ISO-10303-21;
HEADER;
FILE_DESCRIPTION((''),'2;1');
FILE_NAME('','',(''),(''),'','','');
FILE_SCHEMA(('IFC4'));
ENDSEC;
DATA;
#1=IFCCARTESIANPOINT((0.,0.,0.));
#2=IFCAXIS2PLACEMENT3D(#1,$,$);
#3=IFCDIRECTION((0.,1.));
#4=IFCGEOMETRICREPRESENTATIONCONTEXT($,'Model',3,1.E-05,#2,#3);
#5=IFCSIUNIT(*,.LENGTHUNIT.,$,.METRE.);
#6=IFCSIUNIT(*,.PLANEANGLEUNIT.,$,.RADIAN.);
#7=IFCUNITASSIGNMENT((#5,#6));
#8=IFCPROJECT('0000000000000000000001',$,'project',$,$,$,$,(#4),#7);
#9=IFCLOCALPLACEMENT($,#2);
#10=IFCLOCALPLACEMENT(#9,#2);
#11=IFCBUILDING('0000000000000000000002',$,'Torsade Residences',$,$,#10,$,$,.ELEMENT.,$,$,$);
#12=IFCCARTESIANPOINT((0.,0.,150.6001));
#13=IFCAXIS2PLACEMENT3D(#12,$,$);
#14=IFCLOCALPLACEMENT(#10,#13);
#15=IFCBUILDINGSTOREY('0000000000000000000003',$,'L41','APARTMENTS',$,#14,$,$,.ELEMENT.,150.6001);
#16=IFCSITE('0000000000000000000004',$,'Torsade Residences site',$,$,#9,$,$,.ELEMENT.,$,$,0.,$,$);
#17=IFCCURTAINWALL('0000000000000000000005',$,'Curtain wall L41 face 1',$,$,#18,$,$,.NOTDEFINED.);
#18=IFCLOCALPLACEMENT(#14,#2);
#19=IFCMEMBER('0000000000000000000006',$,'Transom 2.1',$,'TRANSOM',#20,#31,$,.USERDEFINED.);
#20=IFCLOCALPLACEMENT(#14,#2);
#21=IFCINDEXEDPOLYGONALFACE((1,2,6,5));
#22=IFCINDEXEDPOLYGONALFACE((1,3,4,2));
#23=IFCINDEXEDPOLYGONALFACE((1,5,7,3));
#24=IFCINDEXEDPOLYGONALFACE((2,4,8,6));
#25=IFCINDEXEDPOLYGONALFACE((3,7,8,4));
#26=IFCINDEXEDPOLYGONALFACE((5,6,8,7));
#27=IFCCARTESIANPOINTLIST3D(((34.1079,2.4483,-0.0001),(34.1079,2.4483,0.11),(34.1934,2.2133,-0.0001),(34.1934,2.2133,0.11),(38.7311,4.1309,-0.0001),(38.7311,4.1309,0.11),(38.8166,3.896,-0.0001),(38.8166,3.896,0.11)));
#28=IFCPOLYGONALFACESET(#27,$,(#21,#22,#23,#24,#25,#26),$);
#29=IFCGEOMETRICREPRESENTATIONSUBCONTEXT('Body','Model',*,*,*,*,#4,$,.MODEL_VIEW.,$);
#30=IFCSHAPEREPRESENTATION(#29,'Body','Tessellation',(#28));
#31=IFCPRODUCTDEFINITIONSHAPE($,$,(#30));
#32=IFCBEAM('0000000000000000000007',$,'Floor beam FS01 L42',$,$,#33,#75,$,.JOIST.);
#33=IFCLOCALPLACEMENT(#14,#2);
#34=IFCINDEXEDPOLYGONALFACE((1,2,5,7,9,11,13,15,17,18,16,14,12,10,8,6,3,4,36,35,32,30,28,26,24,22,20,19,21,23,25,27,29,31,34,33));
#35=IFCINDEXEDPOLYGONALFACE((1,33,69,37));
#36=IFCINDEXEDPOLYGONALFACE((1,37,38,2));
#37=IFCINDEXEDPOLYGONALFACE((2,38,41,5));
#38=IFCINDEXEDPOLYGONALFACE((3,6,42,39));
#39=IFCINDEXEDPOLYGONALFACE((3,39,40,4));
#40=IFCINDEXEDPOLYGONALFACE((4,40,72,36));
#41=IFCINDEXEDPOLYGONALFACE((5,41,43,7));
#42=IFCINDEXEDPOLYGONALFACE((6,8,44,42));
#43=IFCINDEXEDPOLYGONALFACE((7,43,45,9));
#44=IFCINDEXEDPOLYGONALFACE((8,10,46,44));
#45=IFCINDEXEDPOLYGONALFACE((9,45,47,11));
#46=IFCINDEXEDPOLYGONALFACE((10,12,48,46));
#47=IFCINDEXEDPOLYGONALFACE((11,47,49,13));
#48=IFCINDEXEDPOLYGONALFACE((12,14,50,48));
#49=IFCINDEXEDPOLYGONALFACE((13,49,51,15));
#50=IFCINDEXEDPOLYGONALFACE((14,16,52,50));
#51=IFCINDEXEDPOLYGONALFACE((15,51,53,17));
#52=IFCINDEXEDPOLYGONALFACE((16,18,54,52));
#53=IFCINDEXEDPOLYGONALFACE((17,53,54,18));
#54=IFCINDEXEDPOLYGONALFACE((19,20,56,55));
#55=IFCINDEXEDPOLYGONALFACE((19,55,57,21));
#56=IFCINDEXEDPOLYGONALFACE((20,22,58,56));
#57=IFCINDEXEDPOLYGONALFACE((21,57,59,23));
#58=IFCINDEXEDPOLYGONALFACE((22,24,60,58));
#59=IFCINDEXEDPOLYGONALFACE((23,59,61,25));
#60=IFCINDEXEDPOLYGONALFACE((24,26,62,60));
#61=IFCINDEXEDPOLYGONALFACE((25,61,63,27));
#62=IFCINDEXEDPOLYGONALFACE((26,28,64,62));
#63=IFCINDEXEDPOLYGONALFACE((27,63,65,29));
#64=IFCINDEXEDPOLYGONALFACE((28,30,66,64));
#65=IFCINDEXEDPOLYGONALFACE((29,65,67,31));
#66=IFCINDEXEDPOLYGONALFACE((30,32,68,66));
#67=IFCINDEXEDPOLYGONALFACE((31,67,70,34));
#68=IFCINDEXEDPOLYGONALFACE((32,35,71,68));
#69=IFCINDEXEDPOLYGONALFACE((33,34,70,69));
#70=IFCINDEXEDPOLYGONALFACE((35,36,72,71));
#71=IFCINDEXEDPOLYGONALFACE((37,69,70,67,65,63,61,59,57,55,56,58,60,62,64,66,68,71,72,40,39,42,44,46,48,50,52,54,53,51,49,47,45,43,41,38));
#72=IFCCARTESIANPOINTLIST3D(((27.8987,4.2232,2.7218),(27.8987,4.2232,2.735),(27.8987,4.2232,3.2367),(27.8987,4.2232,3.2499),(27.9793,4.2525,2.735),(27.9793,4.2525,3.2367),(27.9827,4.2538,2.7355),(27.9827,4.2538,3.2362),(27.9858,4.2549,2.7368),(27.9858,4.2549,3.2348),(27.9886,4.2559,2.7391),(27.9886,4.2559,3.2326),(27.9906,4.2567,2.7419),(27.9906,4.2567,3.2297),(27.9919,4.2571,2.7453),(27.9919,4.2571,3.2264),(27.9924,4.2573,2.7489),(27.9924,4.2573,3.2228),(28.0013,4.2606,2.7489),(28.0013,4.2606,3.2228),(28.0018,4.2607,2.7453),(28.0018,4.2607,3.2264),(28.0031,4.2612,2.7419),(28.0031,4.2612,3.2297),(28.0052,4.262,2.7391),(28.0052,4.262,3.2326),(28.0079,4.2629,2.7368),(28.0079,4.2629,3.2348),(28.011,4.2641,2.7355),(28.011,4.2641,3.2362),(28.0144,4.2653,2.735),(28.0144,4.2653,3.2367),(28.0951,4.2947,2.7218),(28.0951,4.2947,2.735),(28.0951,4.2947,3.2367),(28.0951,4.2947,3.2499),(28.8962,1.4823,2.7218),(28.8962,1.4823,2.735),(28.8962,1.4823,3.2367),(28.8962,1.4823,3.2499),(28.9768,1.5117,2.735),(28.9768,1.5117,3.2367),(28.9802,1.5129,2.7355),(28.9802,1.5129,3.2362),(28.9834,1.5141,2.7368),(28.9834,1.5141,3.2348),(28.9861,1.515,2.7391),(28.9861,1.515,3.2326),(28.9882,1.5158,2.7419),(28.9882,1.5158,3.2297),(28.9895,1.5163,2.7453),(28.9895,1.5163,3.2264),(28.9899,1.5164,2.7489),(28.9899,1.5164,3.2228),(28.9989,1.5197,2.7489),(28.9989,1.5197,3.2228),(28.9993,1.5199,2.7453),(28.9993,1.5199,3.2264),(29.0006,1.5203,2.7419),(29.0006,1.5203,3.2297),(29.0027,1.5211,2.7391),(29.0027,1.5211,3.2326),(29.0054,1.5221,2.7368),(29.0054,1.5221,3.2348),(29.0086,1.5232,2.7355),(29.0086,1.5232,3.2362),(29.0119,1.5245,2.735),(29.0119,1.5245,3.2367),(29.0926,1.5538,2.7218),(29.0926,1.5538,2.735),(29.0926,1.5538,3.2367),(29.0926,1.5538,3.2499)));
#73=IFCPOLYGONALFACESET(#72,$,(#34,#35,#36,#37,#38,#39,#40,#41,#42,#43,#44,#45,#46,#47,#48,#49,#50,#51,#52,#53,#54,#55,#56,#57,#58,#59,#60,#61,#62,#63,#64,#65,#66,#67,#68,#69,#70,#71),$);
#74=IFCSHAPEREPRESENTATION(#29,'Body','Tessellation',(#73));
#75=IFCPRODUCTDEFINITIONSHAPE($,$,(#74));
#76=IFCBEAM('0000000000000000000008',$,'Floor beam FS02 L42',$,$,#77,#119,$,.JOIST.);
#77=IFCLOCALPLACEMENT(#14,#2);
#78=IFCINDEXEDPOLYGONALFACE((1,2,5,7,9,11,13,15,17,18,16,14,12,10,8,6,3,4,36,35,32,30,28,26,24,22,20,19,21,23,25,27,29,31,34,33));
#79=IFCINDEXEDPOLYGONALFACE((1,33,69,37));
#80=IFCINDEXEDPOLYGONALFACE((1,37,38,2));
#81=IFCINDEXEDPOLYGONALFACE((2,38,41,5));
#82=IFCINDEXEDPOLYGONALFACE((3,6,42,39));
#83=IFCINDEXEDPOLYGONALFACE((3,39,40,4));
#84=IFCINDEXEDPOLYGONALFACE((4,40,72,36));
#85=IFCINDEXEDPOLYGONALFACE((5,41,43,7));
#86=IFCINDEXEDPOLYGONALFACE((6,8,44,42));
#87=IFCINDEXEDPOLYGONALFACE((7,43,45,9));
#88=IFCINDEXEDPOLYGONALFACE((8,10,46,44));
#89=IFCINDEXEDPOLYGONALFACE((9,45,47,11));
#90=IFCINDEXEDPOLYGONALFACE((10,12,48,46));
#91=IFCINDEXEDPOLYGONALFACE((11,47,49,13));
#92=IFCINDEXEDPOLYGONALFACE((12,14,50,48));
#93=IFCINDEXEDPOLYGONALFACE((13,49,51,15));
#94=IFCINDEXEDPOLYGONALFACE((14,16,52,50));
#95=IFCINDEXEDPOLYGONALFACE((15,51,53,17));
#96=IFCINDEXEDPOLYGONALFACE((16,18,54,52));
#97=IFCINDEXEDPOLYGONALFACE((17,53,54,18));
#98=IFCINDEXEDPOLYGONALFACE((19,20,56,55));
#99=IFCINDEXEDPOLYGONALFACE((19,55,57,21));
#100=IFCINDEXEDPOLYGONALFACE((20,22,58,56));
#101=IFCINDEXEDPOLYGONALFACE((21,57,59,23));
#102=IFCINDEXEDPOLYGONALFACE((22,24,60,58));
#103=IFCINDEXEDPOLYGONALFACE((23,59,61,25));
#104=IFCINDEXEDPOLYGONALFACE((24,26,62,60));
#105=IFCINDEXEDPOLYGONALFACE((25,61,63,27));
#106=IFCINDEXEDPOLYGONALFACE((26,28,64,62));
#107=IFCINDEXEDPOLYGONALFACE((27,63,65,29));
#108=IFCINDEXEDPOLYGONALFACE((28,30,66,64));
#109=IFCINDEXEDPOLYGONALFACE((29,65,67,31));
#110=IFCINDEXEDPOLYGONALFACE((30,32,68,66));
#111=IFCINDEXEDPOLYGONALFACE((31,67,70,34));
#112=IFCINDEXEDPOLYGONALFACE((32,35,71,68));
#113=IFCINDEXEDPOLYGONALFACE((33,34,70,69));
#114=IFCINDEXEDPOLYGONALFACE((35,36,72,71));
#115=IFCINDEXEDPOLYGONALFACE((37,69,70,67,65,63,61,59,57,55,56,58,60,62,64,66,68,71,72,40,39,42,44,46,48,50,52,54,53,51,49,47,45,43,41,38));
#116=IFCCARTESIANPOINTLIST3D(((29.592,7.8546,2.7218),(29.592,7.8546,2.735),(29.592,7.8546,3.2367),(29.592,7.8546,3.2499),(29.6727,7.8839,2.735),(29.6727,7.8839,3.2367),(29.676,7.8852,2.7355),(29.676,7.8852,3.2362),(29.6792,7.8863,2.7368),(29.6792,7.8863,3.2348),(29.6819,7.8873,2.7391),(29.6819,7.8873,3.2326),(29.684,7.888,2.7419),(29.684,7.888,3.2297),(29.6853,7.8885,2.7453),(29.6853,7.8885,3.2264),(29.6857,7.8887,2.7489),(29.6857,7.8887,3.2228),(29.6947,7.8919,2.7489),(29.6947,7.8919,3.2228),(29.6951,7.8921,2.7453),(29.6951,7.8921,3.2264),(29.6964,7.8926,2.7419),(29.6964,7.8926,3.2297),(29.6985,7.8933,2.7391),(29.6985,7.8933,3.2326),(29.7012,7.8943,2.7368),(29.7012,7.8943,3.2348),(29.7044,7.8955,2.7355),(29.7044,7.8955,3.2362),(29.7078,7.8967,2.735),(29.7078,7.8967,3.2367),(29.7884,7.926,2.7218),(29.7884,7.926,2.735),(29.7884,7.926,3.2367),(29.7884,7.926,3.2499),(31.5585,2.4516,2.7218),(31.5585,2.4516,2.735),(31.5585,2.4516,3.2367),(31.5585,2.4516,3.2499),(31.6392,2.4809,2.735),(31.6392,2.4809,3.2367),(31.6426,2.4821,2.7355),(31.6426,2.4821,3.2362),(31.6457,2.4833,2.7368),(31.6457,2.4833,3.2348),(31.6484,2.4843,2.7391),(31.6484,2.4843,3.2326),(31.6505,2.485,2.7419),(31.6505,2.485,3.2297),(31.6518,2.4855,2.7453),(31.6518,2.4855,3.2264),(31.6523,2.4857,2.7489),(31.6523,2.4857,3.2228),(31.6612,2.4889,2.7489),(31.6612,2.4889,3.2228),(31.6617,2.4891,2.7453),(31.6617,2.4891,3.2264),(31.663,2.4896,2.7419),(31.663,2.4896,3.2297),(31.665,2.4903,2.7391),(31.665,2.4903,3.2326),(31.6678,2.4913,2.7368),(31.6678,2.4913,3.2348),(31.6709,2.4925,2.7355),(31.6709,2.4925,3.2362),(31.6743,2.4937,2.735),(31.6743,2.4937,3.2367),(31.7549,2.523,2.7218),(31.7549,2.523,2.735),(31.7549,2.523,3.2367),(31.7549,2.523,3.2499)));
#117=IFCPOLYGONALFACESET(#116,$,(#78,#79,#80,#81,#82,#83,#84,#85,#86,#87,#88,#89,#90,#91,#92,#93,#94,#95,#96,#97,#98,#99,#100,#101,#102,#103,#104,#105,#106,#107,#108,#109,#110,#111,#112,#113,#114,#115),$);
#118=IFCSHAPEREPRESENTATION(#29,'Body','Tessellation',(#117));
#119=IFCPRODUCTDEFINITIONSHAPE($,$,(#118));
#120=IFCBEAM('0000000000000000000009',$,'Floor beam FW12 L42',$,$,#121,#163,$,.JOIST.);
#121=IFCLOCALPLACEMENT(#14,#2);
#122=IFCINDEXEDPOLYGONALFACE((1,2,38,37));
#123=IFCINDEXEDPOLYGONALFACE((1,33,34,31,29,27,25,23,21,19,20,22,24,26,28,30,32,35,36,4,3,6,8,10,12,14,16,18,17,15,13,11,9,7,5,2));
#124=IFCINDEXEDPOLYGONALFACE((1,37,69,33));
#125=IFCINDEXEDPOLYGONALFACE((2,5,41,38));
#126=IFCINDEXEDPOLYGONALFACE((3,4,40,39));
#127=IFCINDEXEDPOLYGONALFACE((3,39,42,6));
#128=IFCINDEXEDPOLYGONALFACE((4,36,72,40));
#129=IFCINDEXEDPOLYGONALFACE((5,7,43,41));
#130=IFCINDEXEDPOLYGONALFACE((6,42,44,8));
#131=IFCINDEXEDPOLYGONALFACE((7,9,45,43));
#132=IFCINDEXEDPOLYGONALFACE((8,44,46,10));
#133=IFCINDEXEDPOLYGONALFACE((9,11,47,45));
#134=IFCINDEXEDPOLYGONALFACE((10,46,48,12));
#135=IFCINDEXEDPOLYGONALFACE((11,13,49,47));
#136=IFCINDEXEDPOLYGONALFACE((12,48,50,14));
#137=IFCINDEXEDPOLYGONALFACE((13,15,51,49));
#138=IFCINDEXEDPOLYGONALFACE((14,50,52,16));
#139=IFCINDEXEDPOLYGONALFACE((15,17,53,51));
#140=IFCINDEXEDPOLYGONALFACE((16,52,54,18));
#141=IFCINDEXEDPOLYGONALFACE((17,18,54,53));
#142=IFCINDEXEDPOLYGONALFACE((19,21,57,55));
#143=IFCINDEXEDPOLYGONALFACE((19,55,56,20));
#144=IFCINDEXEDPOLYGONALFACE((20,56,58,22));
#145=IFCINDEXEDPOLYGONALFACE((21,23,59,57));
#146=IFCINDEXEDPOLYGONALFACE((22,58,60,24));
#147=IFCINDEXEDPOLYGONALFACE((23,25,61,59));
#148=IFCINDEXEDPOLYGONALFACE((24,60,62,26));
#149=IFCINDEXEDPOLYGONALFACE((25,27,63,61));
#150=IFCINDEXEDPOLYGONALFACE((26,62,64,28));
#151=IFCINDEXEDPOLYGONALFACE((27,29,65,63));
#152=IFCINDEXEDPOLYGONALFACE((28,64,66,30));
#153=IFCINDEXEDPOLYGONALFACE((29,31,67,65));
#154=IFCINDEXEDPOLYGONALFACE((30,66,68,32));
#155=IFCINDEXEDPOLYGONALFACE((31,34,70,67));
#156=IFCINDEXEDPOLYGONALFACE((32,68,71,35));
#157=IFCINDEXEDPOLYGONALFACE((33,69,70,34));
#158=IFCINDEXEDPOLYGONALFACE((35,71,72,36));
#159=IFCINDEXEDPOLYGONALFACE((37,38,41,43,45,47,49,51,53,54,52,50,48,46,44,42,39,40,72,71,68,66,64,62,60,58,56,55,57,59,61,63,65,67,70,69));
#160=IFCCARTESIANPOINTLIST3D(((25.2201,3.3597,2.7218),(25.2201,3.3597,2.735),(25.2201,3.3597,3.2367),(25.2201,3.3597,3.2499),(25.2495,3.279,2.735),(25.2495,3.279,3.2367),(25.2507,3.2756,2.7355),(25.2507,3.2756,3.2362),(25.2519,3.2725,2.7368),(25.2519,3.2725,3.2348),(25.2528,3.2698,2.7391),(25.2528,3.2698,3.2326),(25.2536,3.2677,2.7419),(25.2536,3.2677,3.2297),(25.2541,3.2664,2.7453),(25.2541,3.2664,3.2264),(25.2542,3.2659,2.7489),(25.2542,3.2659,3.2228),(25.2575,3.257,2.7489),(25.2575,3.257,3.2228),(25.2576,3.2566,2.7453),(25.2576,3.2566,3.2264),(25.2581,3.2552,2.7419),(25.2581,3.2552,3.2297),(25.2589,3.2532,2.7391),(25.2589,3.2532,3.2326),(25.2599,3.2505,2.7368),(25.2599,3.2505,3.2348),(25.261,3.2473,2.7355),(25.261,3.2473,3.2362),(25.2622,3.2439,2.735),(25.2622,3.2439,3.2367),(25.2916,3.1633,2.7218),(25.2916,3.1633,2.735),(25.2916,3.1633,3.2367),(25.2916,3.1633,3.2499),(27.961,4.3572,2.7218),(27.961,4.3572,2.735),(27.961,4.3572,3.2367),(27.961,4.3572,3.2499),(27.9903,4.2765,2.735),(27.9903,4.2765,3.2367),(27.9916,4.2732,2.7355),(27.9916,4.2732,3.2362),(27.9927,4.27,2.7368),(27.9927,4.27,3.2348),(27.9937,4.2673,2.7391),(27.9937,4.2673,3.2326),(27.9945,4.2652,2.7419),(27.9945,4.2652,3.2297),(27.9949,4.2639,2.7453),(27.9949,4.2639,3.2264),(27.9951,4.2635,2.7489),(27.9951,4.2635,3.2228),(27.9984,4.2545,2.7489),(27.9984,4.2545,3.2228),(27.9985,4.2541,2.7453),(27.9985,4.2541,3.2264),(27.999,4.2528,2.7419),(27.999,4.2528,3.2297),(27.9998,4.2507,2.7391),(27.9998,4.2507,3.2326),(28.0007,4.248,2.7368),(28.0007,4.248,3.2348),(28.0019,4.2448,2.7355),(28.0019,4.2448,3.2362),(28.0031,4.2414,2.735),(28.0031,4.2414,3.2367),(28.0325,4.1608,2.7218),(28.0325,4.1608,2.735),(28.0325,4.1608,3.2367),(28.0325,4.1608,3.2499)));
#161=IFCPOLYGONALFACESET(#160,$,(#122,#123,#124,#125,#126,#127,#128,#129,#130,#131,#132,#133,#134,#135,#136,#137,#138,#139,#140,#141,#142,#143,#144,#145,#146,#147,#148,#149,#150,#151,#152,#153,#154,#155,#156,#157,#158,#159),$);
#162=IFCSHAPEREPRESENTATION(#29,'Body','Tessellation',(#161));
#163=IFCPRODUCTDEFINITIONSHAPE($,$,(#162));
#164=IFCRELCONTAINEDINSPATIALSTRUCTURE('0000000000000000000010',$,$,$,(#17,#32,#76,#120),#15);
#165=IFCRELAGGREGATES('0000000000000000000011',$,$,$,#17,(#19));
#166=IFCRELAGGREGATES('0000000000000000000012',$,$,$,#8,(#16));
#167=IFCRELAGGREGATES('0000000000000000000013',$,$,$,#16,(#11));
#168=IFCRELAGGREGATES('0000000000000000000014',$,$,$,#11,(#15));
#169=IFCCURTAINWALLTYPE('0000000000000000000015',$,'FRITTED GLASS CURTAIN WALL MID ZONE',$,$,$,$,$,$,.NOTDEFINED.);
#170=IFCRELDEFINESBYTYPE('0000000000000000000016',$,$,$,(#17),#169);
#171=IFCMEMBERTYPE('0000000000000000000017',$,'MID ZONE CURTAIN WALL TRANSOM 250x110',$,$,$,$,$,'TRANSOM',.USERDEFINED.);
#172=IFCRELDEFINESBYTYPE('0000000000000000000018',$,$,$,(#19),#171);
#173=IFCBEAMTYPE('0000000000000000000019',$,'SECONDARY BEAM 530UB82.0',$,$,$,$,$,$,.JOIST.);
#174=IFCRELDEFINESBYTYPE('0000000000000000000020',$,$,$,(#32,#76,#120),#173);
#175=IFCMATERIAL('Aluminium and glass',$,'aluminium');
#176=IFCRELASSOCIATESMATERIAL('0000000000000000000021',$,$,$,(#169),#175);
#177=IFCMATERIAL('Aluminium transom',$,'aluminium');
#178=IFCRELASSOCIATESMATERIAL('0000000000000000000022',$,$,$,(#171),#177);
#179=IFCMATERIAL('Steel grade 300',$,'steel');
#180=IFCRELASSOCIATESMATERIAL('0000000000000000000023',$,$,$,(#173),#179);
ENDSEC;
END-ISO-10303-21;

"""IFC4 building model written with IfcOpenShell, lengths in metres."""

from ifc_helpers import new_model, si_unit, direction, frame, origin, origin_2d, place, context, subcontext, project, spatial, rectangle, i_section, extrude, material, material_profile, profile_set, type_object, element, aggregate, save


model = new_model("IFC4")

# Units and contexts
model_context = context("Model", 3, precision=1e-05, world=origin(), true_north=direction((0.0, 1.0)))
body_context = subcontext(model_context, "Body", "Model", "MODEL_VIEW")
ifc_project = project(units=[si_unit("LENGTHUNIT", "METRE"), si_unit("PLANEANGLEUNIT", "RADIAN")], contexts=[model_context])

# Site, building, storey
site_placement = place(None, origin())
site = spatial("IfcSite", under=ifc_project, at=site_placement, Name="Torsade Residences site", CompositionType="ELEMENT", RefElevation=0.0)
building_placement = place(site_placement, origin())
building = spatial("IfcBuilding", under=site, at=building_placement, Name="Torsade Residences", CompositionType="ELEMENT")
storey_placement = place(building_placement, frame((0.0, 0.0, 150.6001)))
storey = spatial("IfcBuildingStorey", under=building, at=storey_placement, Name="L41", Description="APARTMENTS", CompositionType="ELEMENT", Elevation=150.6001)

# Curtain wall, member
ifc_material_1 = material(Name="Aluminium and glass", Category="aluminium")
curtain_wall_type = type_object("IfcCurtainWallType", Name="FRITTED GLASS CURTAIN WALL MID ZONE", PredefinedType="NOTDEFINED", material=ifc_material_1)
curtain_wall_placement = place(storey_placement, origin())
curtain_wall = element("IfcCurtainWall", 1, at=curtain_wall_placement, inside=storey, type_object=curtain_wall_type, Name="Curtain wall L41 face 1", PredefinedType="NOTDEFINED")
ifc_material_2 = material(Name="Aluminium transom", Category="aluminium")
ifc_material_profile_1 = material_profile(ifc_material_2, rectangle(XDim=0.25, YDim=0.1101, at=origin_2d()), Name="MID ZONE CURTAIN WALL TRANSOM 250x110")
ifc_profile_set_1 = profile_set([ifc_material_profile_1], Name="Aluminium transom")
member_type_1 = type_object("IfcMemberType", Name="MID ZONE CURTAIN WALL TRANSOM 250x110", ElementType="TRANSOM", PredefinedType="USERDEFINED", material=ifc_profile_set_1)
member_1_placement = place(storey_placement, frame((34.1506, 2.3308, 0.0549), z_axis=(0.939701, 0.341998, 0.0), x_axis=(-0.341998, 0.939701, 0.0)))
member_1 = element("IfcMember", 2, at=member_1_placement, type_object=member_type_1, Name="Transom 2.1", ObjectType="TRANSOM", PredefinedType="USERDEFINED", context=body_context, shape_type="SweptSolid", body=[
    extrude(rectangle(XDim=0.25, YDim=0.1101, at=origin_2d()), origin(), (0.0, 0.0, 1.0), 4.9199),
])

# Beams
ifc_material_3 = material(Name="Steel grade 300", Category="steel")
ifc_material_profile_2 = material_profile(ifc_material_3, i_section(OverallWidth=0.209, OverallDepth=0.5281, WebThickness=0.0095, FlangeThickness=0.0132, FilletRadius=0.0139, at=origin_2d()), Name="530UB82.0")
ifc_profile_set_2 = profile_set([ifc_material_profile_2], Name="Steel grade 300")
beam_type_1 = type_object("IfcBeamType", Name="SECONDARY BEAM 530UB82.0", PredefinedType="JOIST", material=ifc_profile_set_2)
beam_1_placement = place(storey_placement, frame((28.9944, 1.5181, 2.9858), z_axis=(-0.341998, 0.939701, 0.0), x_axis=(-0.939701, -0.341998, 0.0)))
element("IfcBeam", 3, at=beam_1_placement, inside=storey, type_object=beam_type_1, Name="Floor beam FS01 L42", PredefinedType="JOIST", context=body_context, shape_type="SweptSolid", body=[
    extrude(i_section(OverallWidth=0.209, OverallDepth=0.5281, WebThickness=0.0095, FlangeThickness=0.0132, FilletRadius=0.0139, at=origin_2d()), origin(), (0.0, 0.0, 1.0), 2.9167),
])
beam_2_placement = place(storey_placement, frame((31.6567, 2.4873, 2.9858), z_axis=(-0.342019, 0.939693, 0.0), x_axis=(-0.939693, -0.342019, 0.0)))
element("IfcBeam", 4, at=beam_2_placement, inside=storey, type_object=beam_type_1, Name="Floor beam FS02 L42", PredefinedType="JOIST", context=body_context, shape_type="SweptSolid", body=[
    extrude(i_section(OverallWidth=0.209, OverallDepth=0.5281, WebThickness=0.0095, FlangeThickness=0.0132, FilletRadius=0.0139, at=origin_2d()), origin(), (0.0, 0.0, 1.0), 5.7498),
])
beam_3_placement = place(storey_placement, frame((25.2559, 3.2615, 2.9858), z_axis=(0.939701, 0.341998, 0.0), x_axis=(-0.341998, 0.939701, 0.0)))
element("IfcBeam", 5, at=beam_3_placement, inside=storey, type_object=beam_type_1, Name="Floor beam FW12 L42", PredefinedType="JOIST", context=body_context, shape_type="SweptSolid", body=[
    extrude(i_section(OverallWidth=0.209, OverallDepth=0.5281, WebThickness=0.0095, FlangeThickness=0.0132, FilletRadius=0.0139, at=origin_2d()), origin(), (0.0, 0.0, 1.0), 2.9167),
])

aggregate(curtain_wall, [member_1])

save(model, "model.ifc")
